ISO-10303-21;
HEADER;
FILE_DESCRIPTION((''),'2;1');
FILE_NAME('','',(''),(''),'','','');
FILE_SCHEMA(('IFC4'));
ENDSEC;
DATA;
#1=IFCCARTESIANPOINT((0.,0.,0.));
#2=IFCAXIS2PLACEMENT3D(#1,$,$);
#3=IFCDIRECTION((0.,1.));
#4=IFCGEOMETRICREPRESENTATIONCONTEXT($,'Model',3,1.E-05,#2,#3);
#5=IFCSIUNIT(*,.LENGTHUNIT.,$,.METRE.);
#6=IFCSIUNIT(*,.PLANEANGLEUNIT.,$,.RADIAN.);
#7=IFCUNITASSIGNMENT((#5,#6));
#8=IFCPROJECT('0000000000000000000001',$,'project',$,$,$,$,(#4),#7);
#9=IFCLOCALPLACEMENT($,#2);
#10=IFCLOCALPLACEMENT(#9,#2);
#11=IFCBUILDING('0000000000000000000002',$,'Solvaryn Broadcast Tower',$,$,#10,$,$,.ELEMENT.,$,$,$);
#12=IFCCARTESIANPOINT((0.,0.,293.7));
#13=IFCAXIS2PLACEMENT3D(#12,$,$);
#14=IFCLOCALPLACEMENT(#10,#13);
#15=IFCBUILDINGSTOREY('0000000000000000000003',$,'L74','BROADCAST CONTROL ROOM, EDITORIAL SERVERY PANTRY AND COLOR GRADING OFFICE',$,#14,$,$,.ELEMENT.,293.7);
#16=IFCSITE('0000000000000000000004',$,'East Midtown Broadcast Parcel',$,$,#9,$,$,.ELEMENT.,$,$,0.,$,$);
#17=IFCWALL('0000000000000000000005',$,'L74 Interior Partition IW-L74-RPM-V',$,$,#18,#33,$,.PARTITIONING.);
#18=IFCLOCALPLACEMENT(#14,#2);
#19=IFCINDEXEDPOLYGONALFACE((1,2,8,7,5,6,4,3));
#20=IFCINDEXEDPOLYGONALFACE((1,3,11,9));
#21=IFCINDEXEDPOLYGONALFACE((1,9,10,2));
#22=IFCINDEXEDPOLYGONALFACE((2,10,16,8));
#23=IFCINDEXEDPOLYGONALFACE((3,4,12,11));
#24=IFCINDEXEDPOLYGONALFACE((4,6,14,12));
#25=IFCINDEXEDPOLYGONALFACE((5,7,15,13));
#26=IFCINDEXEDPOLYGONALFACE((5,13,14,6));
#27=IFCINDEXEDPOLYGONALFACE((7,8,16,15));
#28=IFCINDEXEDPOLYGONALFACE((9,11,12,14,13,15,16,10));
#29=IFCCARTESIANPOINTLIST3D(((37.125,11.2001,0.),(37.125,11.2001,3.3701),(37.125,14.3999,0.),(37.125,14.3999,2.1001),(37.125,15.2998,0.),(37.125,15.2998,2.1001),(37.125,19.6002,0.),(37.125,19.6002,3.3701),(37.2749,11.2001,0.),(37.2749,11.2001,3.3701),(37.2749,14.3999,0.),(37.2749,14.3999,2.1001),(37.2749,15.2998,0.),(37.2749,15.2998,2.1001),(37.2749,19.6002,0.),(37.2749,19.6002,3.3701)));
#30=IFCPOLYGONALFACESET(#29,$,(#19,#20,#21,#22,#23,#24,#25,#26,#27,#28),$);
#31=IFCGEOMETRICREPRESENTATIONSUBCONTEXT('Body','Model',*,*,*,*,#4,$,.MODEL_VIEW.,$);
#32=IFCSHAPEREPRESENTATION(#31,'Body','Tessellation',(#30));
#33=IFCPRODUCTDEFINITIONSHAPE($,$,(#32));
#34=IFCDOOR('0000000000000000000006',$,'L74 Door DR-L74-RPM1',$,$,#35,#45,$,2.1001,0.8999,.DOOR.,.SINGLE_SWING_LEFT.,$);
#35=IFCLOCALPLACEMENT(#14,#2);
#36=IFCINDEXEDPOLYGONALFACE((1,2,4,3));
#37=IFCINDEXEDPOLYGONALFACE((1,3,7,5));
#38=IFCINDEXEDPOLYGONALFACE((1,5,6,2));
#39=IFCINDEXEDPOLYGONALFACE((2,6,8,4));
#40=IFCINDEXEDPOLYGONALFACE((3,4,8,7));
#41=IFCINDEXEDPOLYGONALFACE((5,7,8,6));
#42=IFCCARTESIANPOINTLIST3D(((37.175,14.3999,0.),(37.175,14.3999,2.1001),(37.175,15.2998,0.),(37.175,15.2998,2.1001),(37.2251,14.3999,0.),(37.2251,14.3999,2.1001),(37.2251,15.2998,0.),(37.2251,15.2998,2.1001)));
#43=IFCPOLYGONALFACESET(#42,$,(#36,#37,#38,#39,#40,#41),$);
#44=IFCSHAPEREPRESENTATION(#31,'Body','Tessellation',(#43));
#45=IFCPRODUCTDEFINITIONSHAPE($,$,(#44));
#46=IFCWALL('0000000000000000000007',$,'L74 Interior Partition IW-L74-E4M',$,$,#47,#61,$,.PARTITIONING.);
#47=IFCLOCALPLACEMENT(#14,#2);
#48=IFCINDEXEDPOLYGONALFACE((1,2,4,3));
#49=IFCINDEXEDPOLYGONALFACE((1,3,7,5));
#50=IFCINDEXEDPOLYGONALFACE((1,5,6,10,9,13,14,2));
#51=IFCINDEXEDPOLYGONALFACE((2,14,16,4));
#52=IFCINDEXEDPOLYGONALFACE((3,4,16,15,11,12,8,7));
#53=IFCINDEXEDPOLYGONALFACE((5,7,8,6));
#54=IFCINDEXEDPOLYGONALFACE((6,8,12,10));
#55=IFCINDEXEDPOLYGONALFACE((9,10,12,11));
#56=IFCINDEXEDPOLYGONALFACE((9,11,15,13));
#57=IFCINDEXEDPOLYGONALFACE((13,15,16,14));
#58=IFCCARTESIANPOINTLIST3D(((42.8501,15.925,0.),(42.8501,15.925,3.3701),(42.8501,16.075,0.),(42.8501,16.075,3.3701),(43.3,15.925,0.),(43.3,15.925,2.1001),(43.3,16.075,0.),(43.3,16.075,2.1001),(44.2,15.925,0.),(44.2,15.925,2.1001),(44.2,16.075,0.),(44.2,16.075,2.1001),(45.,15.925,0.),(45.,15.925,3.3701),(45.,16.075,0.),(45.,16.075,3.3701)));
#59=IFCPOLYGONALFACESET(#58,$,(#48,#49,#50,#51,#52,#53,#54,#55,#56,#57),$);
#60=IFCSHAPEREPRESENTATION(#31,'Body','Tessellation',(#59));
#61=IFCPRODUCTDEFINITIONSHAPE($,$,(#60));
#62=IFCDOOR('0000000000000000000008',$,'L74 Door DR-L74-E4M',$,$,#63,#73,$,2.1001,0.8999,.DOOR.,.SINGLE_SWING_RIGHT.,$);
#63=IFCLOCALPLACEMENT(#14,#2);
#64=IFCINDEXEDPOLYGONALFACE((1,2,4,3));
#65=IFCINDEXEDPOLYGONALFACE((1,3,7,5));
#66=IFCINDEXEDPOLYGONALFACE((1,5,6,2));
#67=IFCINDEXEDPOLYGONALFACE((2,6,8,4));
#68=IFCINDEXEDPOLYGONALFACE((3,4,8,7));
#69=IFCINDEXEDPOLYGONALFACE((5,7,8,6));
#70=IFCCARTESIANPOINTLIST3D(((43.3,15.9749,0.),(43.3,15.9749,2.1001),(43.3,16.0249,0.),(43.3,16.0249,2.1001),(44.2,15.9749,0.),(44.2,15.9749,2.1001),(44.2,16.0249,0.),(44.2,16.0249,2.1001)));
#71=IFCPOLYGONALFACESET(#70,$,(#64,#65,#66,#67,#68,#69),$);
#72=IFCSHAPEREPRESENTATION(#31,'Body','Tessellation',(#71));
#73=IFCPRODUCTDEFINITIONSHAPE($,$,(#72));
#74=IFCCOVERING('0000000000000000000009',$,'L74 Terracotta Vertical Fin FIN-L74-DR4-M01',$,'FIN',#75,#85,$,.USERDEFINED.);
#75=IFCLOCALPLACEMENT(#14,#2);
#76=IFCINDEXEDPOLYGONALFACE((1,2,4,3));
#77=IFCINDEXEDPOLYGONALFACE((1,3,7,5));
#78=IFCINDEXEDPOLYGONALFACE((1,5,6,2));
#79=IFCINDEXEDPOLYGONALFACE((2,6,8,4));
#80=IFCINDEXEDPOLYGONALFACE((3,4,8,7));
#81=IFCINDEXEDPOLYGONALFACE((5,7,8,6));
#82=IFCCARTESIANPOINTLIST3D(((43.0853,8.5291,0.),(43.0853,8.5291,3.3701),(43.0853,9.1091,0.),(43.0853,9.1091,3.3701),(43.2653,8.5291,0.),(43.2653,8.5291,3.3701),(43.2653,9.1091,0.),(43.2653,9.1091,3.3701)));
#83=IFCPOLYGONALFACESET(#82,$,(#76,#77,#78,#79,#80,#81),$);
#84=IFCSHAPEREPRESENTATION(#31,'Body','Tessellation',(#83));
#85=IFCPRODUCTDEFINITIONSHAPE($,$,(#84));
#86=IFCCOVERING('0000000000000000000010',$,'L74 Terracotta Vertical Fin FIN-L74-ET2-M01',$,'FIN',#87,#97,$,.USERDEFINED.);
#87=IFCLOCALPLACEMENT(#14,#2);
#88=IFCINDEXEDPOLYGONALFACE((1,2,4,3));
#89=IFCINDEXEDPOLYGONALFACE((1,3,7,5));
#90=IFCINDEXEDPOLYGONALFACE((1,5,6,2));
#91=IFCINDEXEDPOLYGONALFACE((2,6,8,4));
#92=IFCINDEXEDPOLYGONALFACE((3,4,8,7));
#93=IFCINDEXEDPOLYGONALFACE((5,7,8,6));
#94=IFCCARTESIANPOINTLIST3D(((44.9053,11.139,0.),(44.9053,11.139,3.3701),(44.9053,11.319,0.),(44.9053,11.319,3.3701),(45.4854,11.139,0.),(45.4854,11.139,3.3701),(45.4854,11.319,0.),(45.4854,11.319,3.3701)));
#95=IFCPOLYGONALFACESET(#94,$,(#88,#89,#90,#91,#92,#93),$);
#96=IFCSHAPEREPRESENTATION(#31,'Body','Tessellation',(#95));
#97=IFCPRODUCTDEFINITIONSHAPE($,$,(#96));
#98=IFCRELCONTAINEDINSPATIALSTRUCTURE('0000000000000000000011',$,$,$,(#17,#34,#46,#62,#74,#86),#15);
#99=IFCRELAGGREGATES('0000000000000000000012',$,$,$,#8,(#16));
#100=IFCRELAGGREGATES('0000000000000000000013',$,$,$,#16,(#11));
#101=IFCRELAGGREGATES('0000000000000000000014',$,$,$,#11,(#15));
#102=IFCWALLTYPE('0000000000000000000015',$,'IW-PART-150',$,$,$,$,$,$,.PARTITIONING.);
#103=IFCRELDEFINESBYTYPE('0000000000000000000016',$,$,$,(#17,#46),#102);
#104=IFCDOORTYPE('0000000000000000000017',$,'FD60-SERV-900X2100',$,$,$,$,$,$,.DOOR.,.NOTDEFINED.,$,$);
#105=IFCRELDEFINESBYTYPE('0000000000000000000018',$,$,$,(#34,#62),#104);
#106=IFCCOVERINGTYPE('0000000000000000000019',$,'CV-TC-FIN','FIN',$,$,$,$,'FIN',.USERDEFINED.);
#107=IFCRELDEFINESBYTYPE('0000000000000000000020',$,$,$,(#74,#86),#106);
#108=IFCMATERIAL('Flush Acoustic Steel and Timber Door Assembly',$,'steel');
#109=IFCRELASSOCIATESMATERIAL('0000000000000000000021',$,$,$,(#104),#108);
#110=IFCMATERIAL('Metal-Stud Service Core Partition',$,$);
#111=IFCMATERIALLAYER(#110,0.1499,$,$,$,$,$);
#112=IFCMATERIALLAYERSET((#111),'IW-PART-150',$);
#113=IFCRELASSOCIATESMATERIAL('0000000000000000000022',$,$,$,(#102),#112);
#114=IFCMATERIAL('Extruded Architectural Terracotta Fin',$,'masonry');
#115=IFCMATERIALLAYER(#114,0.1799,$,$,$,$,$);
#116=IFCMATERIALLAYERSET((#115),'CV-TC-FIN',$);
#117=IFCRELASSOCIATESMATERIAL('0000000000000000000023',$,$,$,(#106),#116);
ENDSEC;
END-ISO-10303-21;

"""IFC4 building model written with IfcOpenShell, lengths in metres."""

from ifc_helpers import new_model, si_unit, direction, frame, frame_2d, origin, origin_2d, place, context, subcontext, project, spatial, rectangle, extrude, material, layer, layer_set, type_object, element, fill, save


model = new_model("IFC4")

# Units and contexts
model_context = context("Model", 3, precision=1e-05, world=origin(), true_north=direction((0.0, 1.0)))
body_context = subcontext(model_context, "Body", "Model", "MODEL_VIEW")
ifc_project = project(units=[si_unit("LENGTHUNIT", "METRE"), si_unit("PLANEANGLEUNIT", "RADIAN")], contexts=[model_context])

# Site, building, storey
site_placement = place(None, origin())
site = spatial("IfcSite", under=ifc_project, at=site_placement, Name="East Midtown Broadcast Parcel", CompositionType="ELEMENT", RefElevation=0.0)
building_placement = place(site_placement, origin())
building = spatial("IfcBuilding", under=site, at=building_placement, Name="Solvaryn Broadcast Tower", CompositionType="ELEMENT")
storey_placement = place(building_placement, frame((0.0, 0.0, 293.7)))
storey = spatial("IfcBuildingStorey", under=building, at=storey_placement, Name="L74", Description="BROADCAST CONTROL ROOM, EDITORIAL SERVERY PANTRY AND COLOR GRADING OFFICE", CompositionType="ELEMENT", Elevation=293.7)

# Shared definitions
ifc_material_1 = material(Name="Flush Acoustic Steel and Timber Door Assembly", Category="steel")
door_type = type_object("IfcDoorType", Name="FD60-SERV-900X2100", OperationType="NOTDEFINED", PredefinedType="DOOR", material=ifc_material_1)

# Walls, openings, doors
ifc_material_2 = material(Name="Metal-Stud Service Core Partition")
ifc_layer_1 = layer(ifc_material_2, 0.1499)
ifc_layer_set_1 = layer_set([ifc_layer_1], Name="IW-PART-150")
wall_type_1 = type_object("IfcWallType", Name="IW-PART-150", PredefinedType="PARTITIONING", material=ifc_layer_set_1)
wall_1_placement = place(storey_placement, frame((37.2, 11.2, 0.0), z_axis=(0.0, 0.0, 1.0), x_axis=(0.0, 1.0, 0.0)))
wall_1 = element("IfcWall", 1, at=wall_1_placement, inside=storey, type_object=wall_type_1, Name="L74 Interior Partition IW-L74-RPM-V", PredefinedType="PARTITIONING", context=body_context, shape_type="SweptSolid", body=[
    extrude(rectangle(XDim=8.4001, YDim=0.1499, at=frame_2d((4.2002, 0.0))), origin(), (0.0, 0.0, 1.0), 3.3701),
])
opening_1_placement = place(wall_1_placement, frame((3.2, 0.0, 0.0)))
opening_1 = element("IfcOpeningElement", 2, at=opening_1_placement, cuts=wall_1, PredefinedType="OPENING", context=body_context, shape_type="SweptSolid", body=[
    extrude(rectangle(XDim=0.8999, YDim=2.1001, at=frame_2d((0.45, 1.05))), frame((0.0, 0.085, 0.0), z_axis=(0.0, -1.0, 0.0), x_axis=(1.0, 0.0, 0.0)), (0.0, 0.0, 1.0), 0.1699),
])
door_1_placement = place(opening_1_placement, origin())
door_1 = element("IfcDoor", 3, at=door_1_placement, inside=storey, type_object=door_type, Name="L74 Door DR-L74-RPM1", OperationType="SINGLE_SWING_LEFT", OverallHeight=2.1001, OverallWidth=0.8999, PredefinedType="DOOR", context=body_context, shape_type="SweptSolid", body=[
    extrude(rectangle(XDim=0.8999, YDim=2.1001, at=frame_2d((0.45, 1.05))), frame((0.0, 0.0249, 0.0), z_axis=(0.0, -1.0, 0.0), x_axis=(1.0, 0.0, 0.0)), (0.0, 0.0, 1.0), 0.05),
])
fill(opening_1, door_1)
wall_2_placement = place(storey_placement, frame((42.8501, 16.0, 0.0), z_axis=(0.0, 0.0, 1.0), x_axis=(1.0, 0.0, 0.0)))
wall_2 = element("IfcWall", 4, at=wall_2_placement, inside=storey, type_object=wall_type_1, Name="L74 Interior Partition IW-L74-E4M", PredefinedType="PARTITIONING", context=body_context, shape_type="SweptSolid", body=[
    extrude(rectangle(XDim=2.1499, YDim=0.1499, at=frame_2d((1.075, 0.0))), origin(), (0.0, 0.0, 1.0), 3.3701),
])
opening_2_placement = place(wall_2_placement, frame((0.45, 0.0, 0.0)))
opening_2 = element("IfcOpeningElement", 5, at=opening_2_placement, cuts=wall_2, PredefinedType="OPENING", context=body_context, shape_type="SweptSolid", body=[
    extrude(rectangle(XDim=0.8999, YDim=2.1001, at=frame_2d((0.45, 1.05))), frame((0.0, 0.085, 0.0), z_axis=(0.0, -1.0, 0.0), x_axis=(1.0, 0.0, 0.0)), (0.0, 0.0, 1.0), 0.1699),
])
door_2_placement = place(opening_2_placement, origin())
door_2 = element("IfcDoor", 6, at=door_2_placement, inside=storey, type_object=door_type, Name="L74 Door DR-L74-E4M", OperationType="SINGLE_SWING_RIGHT", OverallHeight=2.1001, OverallWidth=0.8999, PredefinedType="DOOR", context=body_context, shape_type="SweptSolid", body=[
    extrude(rectangle(XDim=0.8999, YDim=2.1001, at=frame_2d((0.45, 1.05))), frame((0.0, 0.0249, 0.0), z_axis=(0.0, -1.0, 0.0), x_axis=(1.0, 0.0, 0.0)), (0.0, 0.0, 1.0), 0.05),
])
fill(opening_2, door_2)

# Coverings
ifc_material_3 = material(Name="Extruded Architectural Terracotta Fin", Category="masonry")
ifc_layer_2 = layer(ifc_material_3, 0.1799)
ifc_layer_set_2 = layer_set([ifc_layer_2], Name="CV-TC-FIN")
covering_type = type_object("IfcCoveringType", Name="CV-TC-FIN", Description="FIN", ElementType="FIN", PredefinedType="USERDEFINED", material=ifc_layer_set_2)
covering_1_placement = place(storey_placement, frame((43.1753, 8.8191, 0.0), z_axis=(0.0, 0.0, 1.0), x_axis=(1.0, 0.0, 0.0)))
element("IfcCovering", 7, at=covering_1_placement, inside=storey, type_object=covering_type, Name="L74 Terracotta Vertical Fin FIN-L74-DR4-M01", ObjectType="FIN", PredefinedType="USERDEFINED", context=body_context, shape_type="SweptSolid", body=[
    extrude(rectangle(XDim=0.1799, YDim=0.5801, at=origin_2d()), origin(), (0.0, 0.0, 1.0), 3.3701),
])
covering_2_placement = place(storey_placement, frame((45.1953, 11.229, 0.0), z_axis=(0.0, 0.0, 1.0), x_axis=(1.0, 0.0, 0.0)))
element("IfcCovering", 8, at=covering_2_placement, inside=storey, type_object=covering_type, Name="L74 Terracotta Vertical Fin FIN-L74-ET2-M01", ObjectType="FIN", PredefinedType="USERDEFINED", context=body_context, shape_type="SweptSolid", body=[
    extrude(rectangle(XDim=0.5801, YDim=0.1799, at=origin_2d()), origin(), (0.0, 0.0, 1.0), 3.3701),
])

save(model, "model.ifc")
